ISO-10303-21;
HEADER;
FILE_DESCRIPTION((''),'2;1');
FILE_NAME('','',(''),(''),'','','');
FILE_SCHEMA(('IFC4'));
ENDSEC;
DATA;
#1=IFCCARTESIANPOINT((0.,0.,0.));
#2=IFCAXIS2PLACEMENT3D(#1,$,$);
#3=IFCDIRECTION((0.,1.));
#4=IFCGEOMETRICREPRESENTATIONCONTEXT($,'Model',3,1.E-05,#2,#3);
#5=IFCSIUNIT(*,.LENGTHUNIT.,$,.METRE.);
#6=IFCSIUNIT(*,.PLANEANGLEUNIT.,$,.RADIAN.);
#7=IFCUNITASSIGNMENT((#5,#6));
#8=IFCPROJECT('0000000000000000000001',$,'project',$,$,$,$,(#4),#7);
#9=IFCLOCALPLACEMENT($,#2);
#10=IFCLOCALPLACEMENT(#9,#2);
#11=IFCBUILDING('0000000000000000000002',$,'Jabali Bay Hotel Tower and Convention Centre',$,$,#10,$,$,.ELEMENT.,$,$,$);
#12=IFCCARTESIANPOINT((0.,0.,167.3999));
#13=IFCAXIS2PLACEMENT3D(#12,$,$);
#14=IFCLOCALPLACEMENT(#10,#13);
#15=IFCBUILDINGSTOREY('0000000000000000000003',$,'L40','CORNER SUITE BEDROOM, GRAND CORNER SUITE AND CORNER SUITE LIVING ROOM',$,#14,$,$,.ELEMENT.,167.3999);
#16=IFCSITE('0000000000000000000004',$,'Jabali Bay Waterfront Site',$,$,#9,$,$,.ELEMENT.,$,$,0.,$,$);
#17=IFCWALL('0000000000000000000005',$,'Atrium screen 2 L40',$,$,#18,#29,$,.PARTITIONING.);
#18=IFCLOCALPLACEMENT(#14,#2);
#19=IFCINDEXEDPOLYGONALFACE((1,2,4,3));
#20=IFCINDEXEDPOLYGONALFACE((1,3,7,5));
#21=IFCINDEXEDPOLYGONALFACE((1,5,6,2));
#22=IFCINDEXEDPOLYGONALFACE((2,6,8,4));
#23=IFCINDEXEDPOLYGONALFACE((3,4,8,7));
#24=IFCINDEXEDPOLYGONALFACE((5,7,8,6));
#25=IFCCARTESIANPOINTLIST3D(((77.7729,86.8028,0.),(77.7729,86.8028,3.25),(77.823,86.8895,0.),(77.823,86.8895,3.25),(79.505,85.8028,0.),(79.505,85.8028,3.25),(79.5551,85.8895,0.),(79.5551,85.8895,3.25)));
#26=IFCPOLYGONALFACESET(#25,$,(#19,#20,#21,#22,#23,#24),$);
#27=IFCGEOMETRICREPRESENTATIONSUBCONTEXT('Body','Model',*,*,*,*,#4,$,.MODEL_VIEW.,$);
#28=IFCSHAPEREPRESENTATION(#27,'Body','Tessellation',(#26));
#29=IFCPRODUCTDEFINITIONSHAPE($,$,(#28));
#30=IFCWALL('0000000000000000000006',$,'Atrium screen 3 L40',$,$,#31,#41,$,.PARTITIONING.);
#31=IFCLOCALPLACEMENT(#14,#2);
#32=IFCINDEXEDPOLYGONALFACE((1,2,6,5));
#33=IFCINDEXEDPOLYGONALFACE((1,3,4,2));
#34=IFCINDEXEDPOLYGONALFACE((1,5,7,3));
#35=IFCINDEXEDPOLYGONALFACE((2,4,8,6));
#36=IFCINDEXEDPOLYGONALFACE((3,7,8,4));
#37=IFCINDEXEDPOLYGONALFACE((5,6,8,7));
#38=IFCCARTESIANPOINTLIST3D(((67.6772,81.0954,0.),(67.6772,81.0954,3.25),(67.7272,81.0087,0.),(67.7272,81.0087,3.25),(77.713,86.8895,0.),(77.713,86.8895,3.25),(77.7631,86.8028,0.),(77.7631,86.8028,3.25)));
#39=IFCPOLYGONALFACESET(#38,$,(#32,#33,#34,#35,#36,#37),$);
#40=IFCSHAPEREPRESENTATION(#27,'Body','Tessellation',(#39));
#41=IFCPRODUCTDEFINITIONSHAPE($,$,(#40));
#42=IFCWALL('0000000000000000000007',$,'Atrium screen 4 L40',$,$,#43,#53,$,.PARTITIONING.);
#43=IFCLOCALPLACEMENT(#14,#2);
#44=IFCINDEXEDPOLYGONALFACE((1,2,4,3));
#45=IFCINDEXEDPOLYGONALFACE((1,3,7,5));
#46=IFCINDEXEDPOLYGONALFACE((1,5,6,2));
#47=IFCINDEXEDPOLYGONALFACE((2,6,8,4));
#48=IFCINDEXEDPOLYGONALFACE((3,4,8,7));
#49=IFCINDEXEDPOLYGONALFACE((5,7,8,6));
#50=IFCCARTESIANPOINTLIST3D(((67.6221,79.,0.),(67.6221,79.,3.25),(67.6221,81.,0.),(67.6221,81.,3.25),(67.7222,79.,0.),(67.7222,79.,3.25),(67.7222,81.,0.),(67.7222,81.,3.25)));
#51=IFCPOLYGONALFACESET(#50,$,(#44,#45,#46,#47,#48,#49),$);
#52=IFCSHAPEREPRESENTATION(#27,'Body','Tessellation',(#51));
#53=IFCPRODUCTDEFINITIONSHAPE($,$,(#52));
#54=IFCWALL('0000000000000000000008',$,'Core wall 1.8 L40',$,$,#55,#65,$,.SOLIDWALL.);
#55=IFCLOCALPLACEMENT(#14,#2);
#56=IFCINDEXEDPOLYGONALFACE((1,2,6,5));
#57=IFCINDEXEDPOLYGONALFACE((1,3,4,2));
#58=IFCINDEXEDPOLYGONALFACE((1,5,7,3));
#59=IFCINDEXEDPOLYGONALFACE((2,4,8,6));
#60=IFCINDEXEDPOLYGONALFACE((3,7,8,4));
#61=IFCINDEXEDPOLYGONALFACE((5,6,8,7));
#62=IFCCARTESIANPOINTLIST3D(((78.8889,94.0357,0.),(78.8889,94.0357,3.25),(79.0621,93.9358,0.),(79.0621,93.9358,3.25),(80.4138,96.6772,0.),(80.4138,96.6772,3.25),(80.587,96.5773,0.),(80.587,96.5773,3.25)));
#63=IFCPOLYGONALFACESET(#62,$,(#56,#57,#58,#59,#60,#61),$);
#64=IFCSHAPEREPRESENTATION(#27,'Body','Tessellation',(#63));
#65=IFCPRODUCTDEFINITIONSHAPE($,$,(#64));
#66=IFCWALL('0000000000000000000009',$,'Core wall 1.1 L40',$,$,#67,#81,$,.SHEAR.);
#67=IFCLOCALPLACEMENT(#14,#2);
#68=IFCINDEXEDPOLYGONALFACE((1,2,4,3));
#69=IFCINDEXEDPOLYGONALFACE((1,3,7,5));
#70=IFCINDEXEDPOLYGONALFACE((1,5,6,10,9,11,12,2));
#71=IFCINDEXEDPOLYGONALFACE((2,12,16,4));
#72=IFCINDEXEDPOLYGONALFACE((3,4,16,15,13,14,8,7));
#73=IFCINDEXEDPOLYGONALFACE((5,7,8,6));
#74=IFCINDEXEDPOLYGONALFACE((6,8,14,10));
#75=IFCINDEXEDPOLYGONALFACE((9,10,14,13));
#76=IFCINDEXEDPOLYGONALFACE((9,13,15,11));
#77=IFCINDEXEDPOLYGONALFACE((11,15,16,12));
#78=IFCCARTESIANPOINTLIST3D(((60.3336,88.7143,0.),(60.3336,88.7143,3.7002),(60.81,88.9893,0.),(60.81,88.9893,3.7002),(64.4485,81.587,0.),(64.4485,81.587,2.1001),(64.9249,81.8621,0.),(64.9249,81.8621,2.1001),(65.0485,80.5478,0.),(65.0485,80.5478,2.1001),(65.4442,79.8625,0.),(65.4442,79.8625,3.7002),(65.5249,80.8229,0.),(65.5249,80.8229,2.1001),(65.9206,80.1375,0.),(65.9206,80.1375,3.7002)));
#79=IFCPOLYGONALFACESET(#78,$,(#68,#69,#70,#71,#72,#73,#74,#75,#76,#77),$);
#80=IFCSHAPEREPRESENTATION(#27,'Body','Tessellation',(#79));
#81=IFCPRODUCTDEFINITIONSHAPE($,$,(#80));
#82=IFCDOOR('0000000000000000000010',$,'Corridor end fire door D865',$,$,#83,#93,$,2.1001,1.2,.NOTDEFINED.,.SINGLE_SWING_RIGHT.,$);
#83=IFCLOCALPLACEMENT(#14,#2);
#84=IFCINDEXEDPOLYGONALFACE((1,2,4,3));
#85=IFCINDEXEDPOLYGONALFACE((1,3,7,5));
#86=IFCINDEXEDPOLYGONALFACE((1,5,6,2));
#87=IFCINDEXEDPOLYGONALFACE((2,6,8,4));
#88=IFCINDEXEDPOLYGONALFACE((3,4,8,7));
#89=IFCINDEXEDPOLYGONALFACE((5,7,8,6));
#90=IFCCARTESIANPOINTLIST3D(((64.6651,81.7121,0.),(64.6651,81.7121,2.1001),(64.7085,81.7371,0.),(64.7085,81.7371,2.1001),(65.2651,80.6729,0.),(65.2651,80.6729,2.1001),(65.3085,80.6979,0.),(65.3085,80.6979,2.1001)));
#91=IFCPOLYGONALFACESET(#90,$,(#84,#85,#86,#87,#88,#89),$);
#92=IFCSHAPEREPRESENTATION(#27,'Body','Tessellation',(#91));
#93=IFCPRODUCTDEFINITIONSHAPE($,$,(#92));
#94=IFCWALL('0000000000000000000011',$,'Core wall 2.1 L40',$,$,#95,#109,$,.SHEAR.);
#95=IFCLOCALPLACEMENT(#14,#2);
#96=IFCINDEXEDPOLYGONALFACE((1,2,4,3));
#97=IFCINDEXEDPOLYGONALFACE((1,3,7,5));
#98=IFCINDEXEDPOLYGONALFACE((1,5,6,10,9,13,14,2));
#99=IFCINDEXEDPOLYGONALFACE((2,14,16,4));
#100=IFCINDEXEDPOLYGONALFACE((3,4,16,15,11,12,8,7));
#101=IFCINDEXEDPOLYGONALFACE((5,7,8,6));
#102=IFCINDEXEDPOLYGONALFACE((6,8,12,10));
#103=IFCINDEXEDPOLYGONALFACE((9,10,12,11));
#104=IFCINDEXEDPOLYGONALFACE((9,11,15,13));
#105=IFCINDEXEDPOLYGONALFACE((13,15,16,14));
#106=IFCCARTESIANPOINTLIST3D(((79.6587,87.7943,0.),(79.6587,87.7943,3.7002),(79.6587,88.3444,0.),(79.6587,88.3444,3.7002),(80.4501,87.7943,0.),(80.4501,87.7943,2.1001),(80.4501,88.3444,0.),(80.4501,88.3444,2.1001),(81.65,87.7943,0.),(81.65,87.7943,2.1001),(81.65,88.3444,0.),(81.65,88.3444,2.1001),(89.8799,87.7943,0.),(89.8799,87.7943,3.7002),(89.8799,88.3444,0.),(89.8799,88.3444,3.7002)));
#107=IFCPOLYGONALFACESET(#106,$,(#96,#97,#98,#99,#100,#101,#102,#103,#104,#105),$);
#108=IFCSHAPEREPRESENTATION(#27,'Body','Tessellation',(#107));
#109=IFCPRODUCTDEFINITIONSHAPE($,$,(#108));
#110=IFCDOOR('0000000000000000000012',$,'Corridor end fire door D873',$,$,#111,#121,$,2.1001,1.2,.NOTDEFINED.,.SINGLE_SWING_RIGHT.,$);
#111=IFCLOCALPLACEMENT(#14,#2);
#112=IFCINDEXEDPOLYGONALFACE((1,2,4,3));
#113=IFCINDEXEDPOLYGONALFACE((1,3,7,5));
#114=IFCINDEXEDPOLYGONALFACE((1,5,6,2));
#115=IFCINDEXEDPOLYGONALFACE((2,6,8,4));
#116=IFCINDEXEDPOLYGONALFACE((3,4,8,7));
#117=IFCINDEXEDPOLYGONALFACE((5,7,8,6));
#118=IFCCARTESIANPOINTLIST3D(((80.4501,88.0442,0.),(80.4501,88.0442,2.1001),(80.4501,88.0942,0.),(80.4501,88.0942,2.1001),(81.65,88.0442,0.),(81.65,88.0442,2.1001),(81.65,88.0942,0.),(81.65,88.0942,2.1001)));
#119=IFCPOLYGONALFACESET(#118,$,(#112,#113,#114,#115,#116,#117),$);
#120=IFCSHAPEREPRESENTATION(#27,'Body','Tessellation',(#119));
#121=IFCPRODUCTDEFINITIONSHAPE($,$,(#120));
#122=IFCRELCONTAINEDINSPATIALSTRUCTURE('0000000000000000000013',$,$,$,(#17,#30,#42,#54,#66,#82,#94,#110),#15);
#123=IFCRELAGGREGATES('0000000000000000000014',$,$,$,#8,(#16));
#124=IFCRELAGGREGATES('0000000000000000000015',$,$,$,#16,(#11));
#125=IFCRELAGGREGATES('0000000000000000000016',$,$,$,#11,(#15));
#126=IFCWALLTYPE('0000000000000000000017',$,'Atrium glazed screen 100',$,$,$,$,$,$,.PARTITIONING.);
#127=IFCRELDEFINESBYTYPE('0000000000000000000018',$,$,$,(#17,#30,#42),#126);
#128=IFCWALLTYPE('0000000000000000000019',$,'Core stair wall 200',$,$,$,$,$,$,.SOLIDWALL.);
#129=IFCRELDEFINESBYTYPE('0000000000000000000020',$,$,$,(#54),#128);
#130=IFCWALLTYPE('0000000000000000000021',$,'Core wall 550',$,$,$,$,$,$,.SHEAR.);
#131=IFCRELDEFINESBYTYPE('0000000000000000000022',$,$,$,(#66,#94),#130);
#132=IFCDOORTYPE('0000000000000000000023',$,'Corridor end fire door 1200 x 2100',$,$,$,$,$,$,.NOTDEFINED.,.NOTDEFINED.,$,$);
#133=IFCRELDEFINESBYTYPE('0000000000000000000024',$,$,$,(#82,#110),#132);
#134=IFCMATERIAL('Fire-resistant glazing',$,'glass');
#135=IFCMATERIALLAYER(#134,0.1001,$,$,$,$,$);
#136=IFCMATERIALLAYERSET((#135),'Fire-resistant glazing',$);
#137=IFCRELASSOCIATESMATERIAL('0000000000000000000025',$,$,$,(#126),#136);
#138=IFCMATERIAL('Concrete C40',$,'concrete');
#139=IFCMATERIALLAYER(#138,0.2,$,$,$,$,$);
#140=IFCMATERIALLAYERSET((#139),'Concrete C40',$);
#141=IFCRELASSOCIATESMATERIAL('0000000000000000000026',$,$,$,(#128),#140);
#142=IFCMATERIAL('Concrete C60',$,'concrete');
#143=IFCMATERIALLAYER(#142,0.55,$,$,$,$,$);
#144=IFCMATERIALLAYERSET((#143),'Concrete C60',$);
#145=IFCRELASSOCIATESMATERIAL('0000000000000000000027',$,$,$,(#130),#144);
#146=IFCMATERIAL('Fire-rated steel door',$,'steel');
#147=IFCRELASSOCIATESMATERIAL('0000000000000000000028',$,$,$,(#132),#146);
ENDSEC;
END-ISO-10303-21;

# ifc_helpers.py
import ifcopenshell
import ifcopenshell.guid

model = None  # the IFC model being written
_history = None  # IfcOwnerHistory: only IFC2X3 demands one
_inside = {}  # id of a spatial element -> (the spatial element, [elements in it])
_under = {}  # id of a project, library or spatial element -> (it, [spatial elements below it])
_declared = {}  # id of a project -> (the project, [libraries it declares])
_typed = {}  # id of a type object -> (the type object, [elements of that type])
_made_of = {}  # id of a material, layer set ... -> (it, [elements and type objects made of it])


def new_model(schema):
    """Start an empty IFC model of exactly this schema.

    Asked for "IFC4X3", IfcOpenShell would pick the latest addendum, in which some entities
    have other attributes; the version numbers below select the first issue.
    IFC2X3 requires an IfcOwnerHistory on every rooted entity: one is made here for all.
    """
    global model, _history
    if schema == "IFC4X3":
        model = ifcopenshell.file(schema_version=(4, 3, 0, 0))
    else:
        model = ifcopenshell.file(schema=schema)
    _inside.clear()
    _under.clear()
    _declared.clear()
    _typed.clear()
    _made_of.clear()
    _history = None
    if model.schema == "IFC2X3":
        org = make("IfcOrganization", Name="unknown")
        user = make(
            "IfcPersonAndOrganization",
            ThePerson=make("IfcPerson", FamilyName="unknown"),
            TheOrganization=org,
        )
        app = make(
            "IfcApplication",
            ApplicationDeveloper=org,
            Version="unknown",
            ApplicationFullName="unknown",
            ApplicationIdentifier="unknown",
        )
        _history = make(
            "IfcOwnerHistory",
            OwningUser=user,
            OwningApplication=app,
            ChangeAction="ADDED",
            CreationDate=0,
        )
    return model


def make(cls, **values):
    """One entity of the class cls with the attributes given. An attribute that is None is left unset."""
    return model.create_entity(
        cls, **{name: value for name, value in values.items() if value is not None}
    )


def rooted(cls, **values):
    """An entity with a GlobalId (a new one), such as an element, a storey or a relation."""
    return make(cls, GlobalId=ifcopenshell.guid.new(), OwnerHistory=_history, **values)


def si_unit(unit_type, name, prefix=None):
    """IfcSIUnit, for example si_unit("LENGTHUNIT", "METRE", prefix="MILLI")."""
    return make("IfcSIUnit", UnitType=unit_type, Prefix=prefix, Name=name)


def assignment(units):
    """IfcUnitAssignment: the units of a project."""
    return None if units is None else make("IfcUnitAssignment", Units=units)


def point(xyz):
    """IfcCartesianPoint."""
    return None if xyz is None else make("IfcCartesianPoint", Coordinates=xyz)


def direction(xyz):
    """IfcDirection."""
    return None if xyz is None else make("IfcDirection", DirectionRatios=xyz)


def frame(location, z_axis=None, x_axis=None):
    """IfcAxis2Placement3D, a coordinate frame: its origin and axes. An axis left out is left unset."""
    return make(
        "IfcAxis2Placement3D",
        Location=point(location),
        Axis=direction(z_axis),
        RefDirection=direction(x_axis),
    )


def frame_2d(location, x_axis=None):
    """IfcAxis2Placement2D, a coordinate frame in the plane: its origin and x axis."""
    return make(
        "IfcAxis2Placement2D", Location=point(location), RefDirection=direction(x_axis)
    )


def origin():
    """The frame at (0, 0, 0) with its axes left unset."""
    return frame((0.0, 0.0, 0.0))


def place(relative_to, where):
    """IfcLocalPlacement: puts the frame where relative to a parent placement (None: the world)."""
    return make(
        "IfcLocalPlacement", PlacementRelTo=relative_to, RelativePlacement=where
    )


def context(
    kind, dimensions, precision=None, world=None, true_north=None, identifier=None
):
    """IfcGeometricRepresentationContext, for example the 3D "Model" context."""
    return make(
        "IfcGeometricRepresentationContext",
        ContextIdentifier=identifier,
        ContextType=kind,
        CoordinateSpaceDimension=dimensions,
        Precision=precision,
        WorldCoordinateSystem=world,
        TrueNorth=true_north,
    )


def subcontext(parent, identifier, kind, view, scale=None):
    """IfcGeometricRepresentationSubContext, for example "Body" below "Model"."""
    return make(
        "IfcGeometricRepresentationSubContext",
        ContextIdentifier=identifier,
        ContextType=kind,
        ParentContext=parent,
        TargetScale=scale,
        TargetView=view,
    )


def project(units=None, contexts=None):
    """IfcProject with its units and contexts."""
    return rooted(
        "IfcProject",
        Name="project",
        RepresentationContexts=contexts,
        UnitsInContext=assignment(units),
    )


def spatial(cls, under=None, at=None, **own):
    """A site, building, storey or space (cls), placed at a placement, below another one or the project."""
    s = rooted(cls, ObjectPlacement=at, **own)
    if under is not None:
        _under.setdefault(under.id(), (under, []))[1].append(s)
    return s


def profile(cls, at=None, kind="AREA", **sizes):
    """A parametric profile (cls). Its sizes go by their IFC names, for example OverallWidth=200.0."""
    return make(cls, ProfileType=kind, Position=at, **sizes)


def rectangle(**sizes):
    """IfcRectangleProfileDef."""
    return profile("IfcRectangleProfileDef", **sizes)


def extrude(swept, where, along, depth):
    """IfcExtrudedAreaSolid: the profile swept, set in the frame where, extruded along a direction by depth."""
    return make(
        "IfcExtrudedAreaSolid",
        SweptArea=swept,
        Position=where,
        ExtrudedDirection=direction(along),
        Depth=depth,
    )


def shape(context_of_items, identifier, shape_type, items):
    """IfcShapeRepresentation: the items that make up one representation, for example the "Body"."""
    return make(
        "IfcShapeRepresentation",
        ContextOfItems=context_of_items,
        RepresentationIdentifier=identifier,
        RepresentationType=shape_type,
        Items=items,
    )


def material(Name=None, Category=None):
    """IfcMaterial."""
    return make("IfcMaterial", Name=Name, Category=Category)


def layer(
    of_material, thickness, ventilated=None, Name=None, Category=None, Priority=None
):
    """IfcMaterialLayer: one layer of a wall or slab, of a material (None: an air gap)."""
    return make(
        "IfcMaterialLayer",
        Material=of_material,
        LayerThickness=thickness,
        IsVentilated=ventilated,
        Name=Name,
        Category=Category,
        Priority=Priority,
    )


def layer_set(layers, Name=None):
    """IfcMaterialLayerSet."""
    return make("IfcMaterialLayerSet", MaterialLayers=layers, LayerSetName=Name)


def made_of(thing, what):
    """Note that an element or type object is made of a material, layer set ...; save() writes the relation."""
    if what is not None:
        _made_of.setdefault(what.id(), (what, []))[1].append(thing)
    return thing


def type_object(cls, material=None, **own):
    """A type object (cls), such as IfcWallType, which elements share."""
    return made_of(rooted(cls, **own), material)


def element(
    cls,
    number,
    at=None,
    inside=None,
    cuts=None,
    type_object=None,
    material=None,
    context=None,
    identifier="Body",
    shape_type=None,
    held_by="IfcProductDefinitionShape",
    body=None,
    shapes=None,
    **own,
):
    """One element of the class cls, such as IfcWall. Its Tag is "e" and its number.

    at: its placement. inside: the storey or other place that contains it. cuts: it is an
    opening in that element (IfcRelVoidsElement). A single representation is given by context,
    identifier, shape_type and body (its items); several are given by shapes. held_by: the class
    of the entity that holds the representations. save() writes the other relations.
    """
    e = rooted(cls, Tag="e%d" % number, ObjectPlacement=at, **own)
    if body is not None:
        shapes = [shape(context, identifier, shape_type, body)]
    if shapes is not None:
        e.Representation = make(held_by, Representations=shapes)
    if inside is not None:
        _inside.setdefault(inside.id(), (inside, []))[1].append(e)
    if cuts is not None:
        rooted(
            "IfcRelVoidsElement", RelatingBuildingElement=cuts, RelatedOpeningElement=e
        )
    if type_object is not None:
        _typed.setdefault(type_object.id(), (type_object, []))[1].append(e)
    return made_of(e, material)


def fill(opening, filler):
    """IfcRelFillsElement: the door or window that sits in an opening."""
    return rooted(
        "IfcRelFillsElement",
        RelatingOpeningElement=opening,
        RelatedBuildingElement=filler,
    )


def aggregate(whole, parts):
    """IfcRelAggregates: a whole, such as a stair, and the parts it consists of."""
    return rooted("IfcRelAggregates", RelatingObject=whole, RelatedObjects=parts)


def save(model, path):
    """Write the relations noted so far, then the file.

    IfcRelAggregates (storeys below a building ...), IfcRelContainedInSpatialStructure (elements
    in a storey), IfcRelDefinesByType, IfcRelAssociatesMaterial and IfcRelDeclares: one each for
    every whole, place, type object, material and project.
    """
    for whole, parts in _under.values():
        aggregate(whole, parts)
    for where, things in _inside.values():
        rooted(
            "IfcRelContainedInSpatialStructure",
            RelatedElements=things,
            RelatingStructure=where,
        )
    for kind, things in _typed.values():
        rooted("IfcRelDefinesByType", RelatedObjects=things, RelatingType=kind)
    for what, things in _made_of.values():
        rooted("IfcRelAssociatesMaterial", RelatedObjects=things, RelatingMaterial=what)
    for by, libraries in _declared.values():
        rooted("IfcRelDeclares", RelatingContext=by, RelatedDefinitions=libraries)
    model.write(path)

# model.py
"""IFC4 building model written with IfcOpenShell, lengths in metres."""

from ifc_helpers import new_model, si_unit, direction, frame, frame_2d, origin, place, context, subcontext, project, spatial, rectangle, extrude, material, layer, layer_set, type_object, element, fill, save


model = new_model("IFC4")

# Units and contexts
model_context = context("Model", 3, precision=1e-05, world=origin(), true_north=direction((0.0, 1.0)))
body_context = subcontext(model_context, "Body", "Model", "MODEL_VIEW")
ifc_project = project(units=[si_unit("LENGTHUNIT", "METRE"), si_unit("PLANEANGLEUNIT", "RADIAN")], contexts=[model_context])

# Site, building, storey
site_placement = place(None, origin())
site = spatial("IfcSite", under=ifc_project, at=site_placement, Name="Jabali Bay Waterfront Site", CompositionType="ELEMENT", RefElevation=0.0)
building_placement = place(site_placement, origin())
building = spatial("IfcBuilding", under=site, at=building_placement, Name="Jabali Bay Hotel Tower and Convention Centre", CompositionType="ELEMENT")
storey_placement = place(building_placement, frame((0.0, 0.0, 167.3999)))
storey = spatial("IfcBuildingStorey", under=building, at=storey_placement, Name="L40", Description="CORNER SUITE BEDROOM, GRAND CORNER SUITE AND CORNER SUITE LIVING ROOM", CompositionType="ELEMENT", Elevation=167.3999)

# Walls
ifc_material_1 = material(Name="Fire-resistant glazing", Category="glass")
ifc_layer_1 = layer(ifc_material_1, 0.1001)
ifc_layer_set_1 = layer_set([ifc_layer_1], Name="Fire-resistant glazing")
wall_type_1 = type_object("IfcWallType", Name="Atrium glazed screen 100", PredefinedType="PARTITIONING", material=ifc_layer_set_1)
wall_1_placement = place(storey_placement, frame((79.53, 85.8462, 0.0), z_axis=(0.0, 0.0, 1.0), x_axis=(-0.866041, 0.499973, 0.0)))
element("IfcWall", 1, at=wall_1_placement, inside=storey, type_object=wall_type_1, Name="Atrium screen 2 L40", PredefinedType="PARTITIONING", context=body_context, shape_type="SweptSolid", body=[
    extrude(rectangle(XDim=2.0, YDim=0.1001, at=frame_2d((1.0, 0.0))), origin(), (0.0, 0.0, 1.0), 3.25),
])
wall_2_placement = place(storey_placement, frame((77.738, 86.8462, 0.0), z_axis=(0.0, 0.0, 1.0), x_axis=(-0.866027, -0.499998, 0.0)))
element("IfcWall", 2, at=wall_2_placement, inside=storey, type_object=wall_type_1, Name="Atrium screen 3 L40", PredefinedType="PARTITIONING", context=body_context, shape_type="SweptSolid", body=[
    extrude(rectangle(XDim=11.5884, YDim=0.1001, at=frame_2d((5.7942, 0.0))), origin(), (0.0, 0.0, 1.0), 3.25),
])
wall_3_placement = place(storey_placement, frame((67.6721, 81.0, 0.0), z_axis=(0.0, 0.0, 1.0), x_axis=(0.0, -1.0, 0.0)))
element("IfcWall", 3, at=wall_3_placement, inside=storey, type_object=wall_type_1, Name="Atrium screen 4 L40", PredefinedType="PARTITIONING", context=body_context, shape_type="SweptSolid", body=[
    extrude(rectangle(XDim=2.0, YDim=0.1001, at=frame_2d((1.0, 0.0))), origin(), (0.0, 0.0, 1.0), 3.25),
])
ifc_material_2 = material(Name="Concrete C40", Category="concrete")
ifc_layer_2 = layer(ifc_material_2, 0.2)
ifc_layer_set_2 = layer_set([ifc_layer_2], Name="Concrete C40")
wall_type_2 = type_object("IfcWallType", Name="Core stair wall 200", PredefinedType="SOLIDWALL", material=ifc_layer_set_2)
wall_4_placement = place(storey_placement, frame((78.9756, 93.9858, 0.0), z_axis=(0.0, 0.0, 1.0), x_axis=(0.499944, 0.866058, 0.0)))
element("IfcWall", 4, at=wall_4_placement, inside=storey, type_object=wall_type_2, Name="Core wall 1.8 L40", PredefinedType="SOLIDWALL", context=body_context, shape_type="SweptSolid", body=[
    extrude(rectangle(XDim=3.05, YDim=0.2, at=frame_2d((1.5249, 0.0))), origin(), (0.0, 0.0, 1.0), 3.25),
])

# Walls, openings, doors
ifc_material_3 = material(Name="Concrete C60", Category="concrete")
ifc_layer_3 = layer(ifc_material_3, 0.55)
ifc_layer_set_3 = layer_set([ifc_layer_3], Name="Concrete C60")
wall_type_3 = type_object("IfcWallType", Name="Core wall 550", PredefinedType="SHEAR", material=ifc_layer_set_3)
wall_5_placement = place(storey_placement, frame((65.6824, 80.0, 0.0), z_axis=(0.0, 0.0, 1.0), x_axis=(-0.5, 0.866025, 0.0)))
wall_5 = element("IfcWall", 5, at=wall_5_placement, inside=storey, type_object=wall_type_3, Name="Core wall 1.1 L40", PredefinedType="SHEAR", context=body_context, shape_type="SweptSolid", body=[
    extrude(rectangle(XDim=10.2212, YDim=0.55, at=frame_2d((5.1106, 0.0))), origin(), (0.0, 0.0, 1.0), 3.7002),
])
opening_1_placement = place(wall_5_placement, frame((0.7913, 0.0, 0.0)))
opening_1 = element("IfcOpeningElement", 6, at=opening_1_placement, cuts=wall_5, PredefinedType="OPENING", context=body_context, shape_type="SweptSolid", body=[
    extrude(rectangle(XDim=1.2, YDim=2.1001, at=frame_2d((0.6001, 1.05))), frame((0.0, 0.2856, 0.0), z_axis=(0.0, -1.0, 0.0), x_axis=(1.0, 0.0, 0.0)), (0.0, 0.0, 1.0), 0.571),
])
ifc_material_4 = material(Name="Fire-rated steel door", Category="steel")
door_type_1 = type_object("IfcDoorType", Name="Corridor end fire door 1200 x 2100", OperationType="NOTDEFINED", PredefinedType="NOTDEFINED", material=ifc_material_4)
door_1_placement = place(opening_1_placement, origin())
door_1 = element("IfcDoor", 7, at=door_1_placement, inside=storey, type_object=door_type_1, Name="Corridor end fire door D865", OperationType="SINGLE_SWING_RIGHT", OverallHeight=2.1001, OverallWidth=1.2, PredefinedType="NOTDEFINED", context=body_context, shape_type="SweptSolid", body=[
    extrude(rectangle(XDim=1.2, YDim=2.1001, at=frame_2d((0.6001, 1.05))), frame((0.0, 0.0249, 0.0), z_axis=(0.0, -1.0, 0.0), x_axis=(1.0, 0.0, 0.0)), (0.0, 0.0, 1.0), 0.05),
])
fill(opening_1, door_1)
wall_6_placement = place(storey_placement, frame((79.6587, 88.0693, 0.0), z_axis=(0.0, 0.0, 1.0), x_axis=(1.0, 0.0, 0.0)))
wall_6 = element("IfcWall", 8, at=wall_6_placement, inside=storey, type_object=wall_type_3, Name="Core wall 2.1 L40", PredefinedType="SHEAR", context=body_context, shape_type="SweptSolid", body=[
    extrude(rectangle(XDim=10.2212, YDim=0.55, at=frame_2d((5.1106, 0.0))), origin(), (0.0, 0.0, 1.0), 3.7002),
])
opening_2_placement = place(wall_6_placement, frame((0.7913, 0.0, 0.0)))
opening_2 = element("IfcOpeningElement", 9, at=opening_2_placement, cuts=wall_6, PredefinedType="OPENING", context=body_context, shape_type="SweptSolid", body=[
    extrude(rectangle(XDim=1.2, YDim=2.1001, at=frame_2d((0.6001, 1.05))), frame((0.0, 0.2856, 0.0), z_axis=(0.0, -1.0, 0.0), x_axis=(1.0, 0.0, 0.0)), (0.0, 0.0, 1.0), 0.571),
])
door_2_placement = place(opening_2_placement, origin())
door_2 = element("IfcDoor", 10, at=door_2_placement, inside=storey, type_object=door_type_1, Name="Corridor end fire door D873", OperationType="SINGLE_SWING_RIGHT", OverallHeight=2.1001, OverallWidth=1.2, PredefinedType="NOTDEFINED", context=body_context, shape_type="SweptSolid", body=[
    extrude(rectangle(XDim=1.2, YDim=2.1001, at=frame_2d((0.6001, 1.05))), frame((0.0, 0.0249, 0.0), z_axis=(0.0, -1.0, 0.0), x_axis=(1.0, 0.0, 0.0)), (0.0, 0.0, 1.0), 0.05),
])
fill(opening_2, door_2)

save(model, "model.ifc")
